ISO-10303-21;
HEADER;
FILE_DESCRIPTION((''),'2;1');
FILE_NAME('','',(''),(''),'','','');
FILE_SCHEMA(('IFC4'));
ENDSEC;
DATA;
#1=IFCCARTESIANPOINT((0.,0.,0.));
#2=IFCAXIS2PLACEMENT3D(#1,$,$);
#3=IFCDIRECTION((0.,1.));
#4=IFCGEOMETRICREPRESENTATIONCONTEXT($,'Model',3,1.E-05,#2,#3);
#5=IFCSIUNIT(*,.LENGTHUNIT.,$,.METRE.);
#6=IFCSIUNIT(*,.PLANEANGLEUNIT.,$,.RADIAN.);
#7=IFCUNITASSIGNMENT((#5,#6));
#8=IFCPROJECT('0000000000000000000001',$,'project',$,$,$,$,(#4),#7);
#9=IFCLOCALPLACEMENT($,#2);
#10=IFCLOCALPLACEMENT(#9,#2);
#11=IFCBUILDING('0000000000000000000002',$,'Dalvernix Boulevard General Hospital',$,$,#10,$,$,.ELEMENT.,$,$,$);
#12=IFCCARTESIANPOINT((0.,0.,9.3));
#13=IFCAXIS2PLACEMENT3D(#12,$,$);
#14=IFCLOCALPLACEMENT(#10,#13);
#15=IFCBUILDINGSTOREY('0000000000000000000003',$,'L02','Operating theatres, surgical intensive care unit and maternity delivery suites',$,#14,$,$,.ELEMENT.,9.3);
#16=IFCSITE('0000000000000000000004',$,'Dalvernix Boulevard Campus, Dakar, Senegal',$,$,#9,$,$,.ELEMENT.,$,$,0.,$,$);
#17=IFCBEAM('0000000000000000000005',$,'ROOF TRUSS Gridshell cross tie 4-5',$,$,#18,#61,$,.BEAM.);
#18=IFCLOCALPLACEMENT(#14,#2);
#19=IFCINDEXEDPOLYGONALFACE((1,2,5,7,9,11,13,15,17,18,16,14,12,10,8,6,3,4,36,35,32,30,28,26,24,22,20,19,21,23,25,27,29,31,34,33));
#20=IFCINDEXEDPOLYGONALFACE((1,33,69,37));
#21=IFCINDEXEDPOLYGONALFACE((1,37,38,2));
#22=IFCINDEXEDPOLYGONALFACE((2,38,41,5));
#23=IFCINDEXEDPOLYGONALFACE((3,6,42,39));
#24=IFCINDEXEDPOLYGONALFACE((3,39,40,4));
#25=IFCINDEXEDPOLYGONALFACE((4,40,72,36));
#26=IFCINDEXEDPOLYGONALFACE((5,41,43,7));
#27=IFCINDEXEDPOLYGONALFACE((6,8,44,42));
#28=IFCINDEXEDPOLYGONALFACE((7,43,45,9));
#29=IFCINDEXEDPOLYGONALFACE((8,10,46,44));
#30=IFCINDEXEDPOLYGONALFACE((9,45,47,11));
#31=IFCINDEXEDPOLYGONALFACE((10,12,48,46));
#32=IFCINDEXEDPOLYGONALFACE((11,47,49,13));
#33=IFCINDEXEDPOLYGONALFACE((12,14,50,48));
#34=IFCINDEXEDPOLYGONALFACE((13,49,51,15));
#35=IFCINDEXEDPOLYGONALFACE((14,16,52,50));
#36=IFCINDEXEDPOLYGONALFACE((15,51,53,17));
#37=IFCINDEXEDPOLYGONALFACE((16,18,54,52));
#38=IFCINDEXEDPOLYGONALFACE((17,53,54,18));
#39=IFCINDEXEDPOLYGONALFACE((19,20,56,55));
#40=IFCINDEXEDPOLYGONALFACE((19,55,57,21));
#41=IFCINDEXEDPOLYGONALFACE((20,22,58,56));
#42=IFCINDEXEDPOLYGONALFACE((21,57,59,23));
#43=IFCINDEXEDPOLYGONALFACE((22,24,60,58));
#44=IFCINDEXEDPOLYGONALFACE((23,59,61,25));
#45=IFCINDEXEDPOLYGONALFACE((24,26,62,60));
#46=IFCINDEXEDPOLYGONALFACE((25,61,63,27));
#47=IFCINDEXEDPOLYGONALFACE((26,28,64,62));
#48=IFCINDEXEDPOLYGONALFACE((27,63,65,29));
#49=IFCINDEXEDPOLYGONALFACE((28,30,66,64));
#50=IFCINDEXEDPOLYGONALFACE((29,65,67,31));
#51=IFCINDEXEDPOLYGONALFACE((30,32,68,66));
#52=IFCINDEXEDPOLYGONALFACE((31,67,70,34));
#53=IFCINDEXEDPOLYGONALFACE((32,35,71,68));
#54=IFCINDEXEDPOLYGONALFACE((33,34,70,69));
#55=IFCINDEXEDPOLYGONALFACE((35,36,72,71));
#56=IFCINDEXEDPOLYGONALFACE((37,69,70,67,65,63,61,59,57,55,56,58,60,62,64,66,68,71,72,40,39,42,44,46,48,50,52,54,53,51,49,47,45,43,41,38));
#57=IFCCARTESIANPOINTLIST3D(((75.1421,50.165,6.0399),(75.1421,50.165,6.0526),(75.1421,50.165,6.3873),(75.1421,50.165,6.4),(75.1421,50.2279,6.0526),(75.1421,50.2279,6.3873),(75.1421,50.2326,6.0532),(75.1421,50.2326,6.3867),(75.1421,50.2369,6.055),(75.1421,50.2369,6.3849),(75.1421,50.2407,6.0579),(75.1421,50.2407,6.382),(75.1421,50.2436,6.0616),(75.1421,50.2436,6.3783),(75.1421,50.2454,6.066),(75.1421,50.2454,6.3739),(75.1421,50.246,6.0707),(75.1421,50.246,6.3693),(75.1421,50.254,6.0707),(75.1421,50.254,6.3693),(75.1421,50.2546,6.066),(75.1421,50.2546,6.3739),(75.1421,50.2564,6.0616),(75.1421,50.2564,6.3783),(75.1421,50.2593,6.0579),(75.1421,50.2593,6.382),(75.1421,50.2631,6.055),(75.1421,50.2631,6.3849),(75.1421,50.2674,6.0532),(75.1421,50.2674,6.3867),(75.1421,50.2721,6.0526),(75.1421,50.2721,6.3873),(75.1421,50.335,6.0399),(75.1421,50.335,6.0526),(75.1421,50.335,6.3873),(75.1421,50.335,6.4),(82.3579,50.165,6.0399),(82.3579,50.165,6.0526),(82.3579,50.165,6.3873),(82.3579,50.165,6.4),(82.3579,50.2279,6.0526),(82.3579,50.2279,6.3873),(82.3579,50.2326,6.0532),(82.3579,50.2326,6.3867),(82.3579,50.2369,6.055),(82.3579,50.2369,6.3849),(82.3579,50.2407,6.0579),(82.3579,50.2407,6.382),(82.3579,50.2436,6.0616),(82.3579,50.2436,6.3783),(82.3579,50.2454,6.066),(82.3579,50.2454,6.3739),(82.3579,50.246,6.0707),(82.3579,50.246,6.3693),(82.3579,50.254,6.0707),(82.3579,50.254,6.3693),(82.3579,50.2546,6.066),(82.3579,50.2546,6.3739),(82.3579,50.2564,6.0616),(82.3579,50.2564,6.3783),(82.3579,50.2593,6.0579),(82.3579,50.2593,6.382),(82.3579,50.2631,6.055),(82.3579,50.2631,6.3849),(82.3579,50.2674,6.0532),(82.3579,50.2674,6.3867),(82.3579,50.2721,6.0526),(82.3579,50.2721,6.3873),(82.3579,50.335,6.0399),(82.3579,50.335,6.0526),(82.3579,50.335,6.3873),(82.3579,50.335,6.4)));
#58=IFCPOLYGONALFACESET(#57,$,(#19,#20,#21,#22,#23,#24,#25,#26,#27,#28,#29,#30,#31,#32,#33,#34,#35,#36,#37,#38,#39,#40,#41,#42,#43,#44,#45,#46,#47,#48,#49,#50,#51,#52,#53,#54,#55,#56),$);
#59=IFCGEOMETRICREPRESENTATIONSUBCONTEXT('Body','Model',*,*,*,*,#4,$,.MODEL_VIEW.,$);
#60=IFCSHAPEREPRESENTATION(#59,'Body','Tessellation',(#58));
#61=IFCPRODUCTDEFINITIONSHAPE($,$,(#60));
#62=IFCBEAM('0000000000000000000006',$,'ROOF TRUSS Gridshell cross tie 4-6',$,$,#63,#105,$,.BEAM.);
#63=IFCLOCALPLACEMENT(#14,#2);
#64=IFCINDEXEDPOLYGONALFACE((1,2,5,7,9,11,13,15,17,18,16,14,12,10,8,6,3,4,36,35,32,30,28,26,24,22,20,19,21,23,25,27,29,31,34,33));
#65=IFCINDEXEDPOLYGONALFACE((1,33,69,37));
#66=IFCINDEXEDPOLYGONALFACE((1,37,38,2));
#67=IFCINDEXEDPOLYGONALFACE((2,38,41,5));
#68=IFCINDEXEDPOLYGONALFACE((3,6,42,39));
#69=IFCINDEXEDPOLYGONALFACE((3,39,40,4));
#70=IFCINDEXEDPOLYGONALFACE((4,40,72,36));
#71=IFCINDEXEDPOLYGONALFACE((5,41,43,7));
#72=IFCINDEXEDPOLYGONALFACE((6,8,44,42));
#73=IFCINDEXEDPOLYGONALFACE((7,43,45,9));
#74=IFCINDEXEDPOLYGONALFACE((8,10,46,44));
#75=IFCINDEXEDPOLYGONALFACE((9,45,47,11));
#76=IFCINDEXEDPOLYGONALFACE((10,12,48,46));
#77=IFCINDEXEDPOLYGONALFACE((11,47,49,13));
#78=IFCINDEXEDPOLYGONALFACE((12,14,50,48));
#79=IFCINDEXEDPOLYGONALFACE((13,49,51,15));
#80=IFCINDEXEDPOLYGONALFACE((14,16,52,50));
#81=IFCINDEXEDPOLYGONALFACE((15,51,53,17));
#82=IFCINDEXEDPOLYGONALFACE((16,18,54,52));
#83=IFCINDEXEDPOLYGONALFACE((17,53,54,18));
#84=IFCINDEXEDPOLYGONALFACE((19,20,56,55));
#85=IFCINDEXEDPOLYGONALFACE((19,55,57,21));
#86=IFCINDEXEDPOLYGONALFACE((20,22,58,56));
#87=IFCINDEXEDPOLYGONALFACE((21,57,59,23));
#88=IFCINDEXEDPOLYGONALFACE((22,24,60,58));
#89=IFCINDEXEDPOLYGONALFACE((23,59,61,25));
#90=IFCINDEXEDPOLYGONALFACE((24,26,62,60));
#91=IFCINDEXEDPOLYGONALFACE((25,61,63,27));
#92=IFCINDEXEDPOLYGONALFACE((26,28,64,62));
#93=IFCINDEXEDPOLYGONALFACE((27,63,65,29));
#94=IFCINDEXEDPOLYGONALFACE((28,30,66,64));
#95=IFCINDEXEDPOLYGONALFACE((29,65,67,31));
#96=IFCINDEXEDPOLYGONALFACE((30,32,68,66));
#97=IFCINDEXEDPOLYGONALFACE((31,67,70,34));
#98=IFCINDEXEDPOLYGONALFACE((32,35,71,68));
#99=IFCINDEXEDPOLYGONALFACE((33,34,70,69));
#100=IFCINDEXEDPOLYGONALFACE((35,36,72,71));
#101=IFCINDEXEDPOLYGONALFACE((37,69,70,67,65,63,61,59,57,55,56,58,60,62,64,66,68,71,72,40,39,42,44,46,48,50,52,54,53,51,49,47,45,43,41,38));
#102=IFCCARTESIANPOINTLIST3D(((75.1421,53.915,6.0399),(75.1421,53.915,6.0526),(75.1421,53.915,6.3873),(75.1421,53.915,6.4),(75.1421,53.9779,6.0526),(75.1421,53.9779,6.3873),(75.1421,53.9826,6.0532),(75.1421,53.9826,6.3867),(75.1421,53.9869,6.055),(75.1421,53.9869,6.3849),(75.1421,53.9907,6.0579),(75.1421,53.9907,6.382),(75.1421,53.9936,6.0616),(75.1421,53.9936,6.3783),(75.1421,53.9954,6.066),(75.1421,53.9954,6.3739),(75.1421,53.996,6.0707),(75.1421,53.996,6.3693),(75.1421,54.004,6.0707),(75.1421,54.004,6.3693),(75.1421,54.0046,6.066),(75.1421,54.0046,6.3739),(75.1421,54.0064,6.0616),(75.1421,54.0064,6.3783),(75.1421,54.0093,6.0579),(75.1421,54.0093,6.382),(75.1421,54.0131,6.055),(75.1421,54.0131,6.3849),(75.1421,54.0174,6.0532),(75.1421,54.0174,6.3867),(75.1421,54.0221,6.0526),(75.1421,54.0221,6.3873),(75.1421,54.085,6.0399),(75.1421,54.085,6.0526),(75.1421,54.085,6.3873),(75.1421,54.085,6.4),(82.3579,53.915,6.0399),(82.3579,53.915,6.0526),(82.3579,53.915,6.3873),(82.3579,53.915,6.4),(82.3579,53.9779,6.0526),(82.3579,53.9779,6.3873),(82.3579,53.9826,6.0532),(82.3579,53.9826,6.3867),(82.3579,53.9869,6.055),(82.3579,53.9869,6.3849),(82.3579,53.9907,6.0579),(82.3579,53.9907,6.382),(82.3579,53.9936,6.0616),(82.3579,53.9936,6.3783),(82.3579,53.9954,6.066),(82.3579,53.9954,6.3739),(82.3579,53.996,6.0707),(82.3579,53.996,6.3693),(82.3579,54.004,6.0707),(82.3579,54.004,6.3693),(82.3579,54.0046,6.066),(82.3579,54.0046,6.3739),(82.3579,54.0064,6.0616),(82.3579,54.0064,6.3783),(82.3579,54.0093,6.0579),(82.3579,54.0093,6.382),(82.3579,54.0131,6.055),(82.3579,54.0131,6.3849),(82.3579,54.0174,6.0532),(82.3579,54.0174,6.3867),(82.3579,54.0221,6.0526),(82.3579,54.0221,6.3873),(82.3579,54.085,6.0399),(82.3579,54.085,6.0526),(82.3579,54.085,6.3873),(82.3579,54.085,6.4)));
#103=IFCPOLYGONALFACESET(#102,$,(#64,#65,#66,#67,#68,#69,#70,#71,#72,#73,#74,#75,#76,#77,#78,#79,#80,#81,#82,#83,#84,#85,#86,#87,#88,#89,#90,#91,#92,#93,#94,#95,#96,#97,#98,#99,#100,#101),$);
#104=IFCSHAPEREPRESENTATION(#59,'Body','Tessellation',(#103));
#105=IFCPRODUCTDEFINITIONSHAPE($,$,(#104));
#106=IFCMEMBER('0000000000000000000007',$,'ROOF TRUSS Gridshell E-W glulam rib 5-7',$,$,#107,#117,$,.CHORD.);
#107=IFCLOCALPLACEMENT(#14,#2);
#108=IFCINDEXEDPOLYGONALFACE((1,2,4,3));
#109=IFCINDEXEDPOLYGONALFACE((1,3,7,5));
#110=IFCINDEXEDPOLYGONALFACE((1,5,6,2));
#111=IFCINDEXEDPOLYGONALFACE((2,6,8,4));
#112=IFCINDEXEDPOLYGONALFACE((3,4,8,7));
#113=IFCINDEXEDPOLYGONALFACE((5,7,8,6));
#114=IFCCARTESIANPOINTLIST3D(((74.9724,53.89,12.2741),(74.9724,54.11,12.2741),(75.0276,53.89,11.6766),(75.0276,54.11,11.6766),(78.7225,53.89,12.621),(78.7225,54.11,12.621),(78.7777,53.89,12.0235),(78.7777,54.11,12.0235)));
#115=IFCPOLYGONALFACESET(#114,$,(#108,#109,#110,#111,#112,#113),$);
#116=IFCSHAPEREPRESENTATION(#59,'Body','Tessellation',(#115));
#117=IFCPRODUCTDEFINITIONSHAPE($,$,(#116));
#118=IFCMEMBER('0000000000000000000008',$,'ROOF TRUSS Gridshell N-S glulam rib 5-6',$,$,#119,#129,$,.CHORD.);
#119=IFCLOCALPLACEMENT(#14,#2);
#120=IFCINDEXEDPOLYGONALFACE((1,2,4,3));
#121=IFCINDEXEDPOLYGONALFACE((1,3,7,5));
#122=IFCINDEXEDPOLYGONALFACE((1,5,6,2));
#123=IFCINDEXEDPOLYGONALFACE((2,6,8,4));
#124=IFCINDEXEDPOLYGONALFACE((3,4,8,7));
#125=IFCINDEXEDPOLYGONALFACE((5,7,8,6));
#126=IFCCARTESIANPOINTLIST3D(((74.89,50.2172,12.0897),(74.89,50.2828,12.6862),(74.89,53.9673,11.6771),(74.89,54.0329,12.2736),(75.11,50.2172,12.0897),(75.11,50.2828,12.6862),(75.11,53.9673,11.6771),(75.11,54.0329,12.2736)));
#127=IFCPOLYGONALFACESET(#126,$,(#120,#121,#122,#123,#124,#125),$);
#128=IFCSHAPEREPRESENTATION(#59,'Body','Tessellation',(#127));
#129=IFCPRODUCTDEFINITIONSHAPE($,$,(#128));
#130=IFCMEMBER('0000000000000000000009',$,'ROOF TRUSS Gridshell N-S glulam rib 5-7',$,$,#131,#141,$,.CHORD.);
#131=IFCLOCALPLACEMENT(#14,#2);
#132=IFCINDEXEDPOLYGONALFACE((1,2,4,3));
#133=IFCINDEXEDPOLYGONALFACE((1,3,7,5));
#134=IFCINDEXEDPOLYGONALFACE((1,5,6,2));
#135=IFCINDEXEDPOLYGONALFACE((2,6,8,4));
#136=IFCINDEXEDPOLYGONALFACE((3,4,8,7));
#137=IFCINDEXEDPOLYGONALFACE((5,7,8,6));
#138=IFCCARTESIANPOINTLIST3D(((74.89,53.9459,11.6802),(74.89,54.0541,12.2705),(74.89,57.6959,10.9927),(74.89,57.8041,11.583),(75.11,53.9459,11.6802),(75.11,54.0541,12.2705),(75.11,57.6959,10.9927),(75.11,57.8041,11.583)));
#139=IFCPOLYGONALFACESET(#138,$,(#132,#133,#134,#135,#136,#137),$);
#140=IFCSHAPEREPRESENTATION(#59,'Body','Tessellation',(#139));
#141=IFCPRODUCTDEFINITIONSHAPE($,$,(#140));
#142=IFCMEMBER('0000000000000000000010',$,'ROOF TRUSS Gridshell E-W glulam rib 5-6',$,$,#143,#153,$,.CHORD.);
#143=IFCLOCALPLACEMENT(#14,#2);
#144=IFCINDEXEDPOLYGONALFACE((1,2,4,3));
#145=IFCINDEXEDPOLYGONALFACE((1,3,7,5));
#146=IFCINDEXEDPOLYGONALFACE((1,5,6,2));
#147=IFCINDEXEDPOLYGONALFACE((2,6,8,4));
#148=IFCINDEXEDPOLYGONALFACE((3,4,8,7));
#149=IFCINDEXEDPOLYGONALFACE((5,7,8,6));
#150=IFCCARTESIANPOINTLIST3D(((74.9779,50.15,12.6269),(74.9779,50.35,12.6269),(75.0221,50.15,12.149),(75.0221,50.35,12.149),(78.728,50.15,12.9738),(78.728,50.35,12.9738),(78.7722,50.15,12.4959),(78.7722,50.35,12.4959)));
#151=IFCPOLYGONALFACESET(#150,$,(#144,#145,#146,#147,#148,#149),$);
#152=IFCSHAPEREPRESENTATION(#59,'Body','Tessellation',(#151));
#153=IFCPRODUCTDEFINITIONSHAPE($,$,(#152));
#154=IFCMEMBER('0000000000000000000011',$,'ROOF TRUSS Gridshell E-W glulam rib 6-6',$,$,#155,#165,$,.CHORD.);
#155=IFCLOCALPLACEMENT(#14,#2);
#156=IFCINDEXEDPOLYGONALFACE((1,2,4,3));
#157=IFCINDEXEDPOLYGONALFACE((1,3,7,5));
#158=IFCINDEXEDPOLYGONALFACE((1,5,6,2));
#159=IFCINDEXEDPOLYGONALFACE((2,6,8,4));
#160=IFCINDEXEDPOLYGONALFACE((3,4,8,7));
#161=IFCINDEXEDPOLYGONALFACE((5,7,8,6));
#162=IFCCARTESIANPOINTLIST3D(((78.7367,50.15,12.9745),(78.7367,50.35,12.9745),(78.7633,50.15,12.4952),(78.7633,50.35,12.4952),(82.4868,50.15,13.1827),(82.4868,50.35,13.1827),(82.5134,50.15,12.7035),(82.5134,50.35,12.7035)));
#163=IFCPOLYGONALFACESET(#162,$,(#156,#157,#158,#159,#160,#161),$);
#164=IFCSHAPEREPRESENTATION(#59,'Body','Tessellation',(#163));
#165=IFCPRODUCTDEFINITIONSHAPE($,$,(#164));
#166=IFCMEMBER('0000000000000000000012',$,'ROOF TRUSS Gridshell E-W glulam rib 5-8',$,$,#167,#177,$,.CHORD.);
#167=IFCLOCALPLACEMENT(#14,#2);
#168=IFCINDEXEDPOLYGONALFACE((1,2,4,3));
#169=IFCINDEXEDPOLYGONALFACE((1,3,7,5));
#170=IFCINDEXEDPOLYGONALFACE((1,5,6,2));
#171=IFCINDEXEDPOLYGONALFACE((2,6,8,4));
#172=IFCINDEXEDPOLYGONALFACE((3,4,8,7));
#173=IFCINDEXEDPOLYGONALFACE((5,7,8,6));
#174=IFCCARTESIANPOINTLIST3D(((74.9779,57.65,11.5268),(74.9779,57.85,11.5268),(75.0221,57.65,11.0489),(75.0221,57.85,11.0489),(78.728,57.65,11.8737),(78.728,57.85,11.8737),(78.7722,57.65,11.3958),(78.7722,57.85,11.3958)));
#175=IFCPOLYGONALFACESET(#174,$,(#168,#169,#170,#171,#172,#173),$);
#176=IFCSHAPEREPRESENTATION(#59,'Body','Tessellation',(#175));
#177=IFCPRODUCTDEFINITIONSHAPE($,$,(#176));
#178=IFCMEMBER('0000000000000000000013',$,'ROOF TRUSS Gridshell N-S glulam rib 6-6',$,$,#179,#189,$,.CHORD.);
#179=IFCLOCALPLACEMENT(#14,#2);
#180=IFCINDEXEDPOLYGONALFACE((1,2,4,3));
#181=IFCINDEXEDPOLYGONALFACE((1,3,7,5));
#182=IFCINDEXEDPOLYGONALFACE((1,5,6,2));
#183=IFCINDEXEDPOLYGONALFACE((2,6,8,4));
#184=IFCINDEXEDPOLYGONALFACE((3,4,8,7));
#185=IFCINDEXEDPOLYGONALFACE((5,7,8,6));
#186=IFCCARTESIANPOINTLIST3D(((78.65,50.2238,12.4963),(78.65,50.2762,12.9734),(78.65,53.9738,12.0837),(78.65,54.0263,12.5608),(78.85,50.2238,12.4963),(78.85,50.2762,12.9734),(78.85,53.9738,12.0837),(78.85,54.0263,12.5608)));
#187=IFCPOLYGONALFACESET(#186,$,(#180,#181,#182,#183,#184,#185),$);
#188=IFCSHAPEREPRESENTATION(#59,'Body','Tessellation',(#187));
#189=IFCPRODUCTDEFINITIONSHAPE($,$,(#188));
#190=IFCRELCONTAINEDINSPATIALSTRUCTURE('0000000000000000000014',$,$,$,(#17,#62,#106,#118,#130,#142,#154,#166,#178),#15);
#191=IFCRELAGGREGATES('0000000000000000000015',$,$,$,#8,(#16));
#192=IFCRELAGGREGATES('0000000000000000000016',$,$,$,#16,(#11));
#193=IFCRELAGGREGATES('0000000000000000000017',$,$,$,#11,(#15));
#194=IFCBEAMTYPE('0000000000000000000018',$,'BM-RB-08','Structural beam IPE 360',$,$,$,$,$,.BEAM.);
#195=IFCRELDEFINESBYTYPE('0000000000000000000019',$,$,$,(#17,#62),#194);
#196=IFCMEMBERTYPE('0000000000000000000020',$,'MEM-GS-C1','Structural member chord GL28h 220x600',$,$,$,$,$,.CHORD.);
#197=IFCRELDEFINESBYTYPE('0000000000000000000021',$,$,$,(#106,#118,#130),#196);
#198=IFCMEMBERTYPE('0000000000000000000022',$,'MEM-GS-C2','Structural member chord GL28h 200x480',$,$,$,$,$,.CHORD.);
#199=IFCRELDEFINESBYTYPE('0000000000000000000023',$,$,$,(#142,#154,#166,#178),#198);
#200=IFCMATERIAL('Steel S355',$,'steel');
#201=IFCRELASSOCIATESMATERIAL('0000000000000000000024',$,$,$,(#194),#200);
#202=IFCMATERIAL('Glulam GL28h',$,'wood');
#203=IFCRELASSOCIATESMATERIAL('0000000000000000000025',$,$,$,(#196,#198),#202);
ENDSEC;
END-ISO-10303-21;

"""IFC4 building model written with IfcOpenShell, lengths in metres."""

from ifc_helpers import new_model, si_unit, direction, frame, origin, origin_2d, place, context, subcontext, project, spatial, rectangle, i_section, extrude, material, material_profile, profile_set, type_object, element, save


model = new_model("IFC4")

# Units and contexts
model_context = context("Model", 3, precision=1e-05, world=origin(), true_north=direction((0.0, 1.0)))
body_context = subcontext(model_context, "Body", "Model", "MODEL_VIEW")
ifc_project = project(units=[si_unit("LENGTHUNIT", "METRE"), si_unit("PLANEANGLEUNIT", "RADIAN")], contexts=[model_context])

# Site, building, storey
site_placement = place(None, origin())
site = spatial("IfcSite", under=ifc_project, at=site_placement, Name="Dalvernix Boulevard Campus, Dakar, Senegal", CompositionType="ELEMENT", RefElevation=0.0)
building_placement = place(site_placement, origin())
building = spatial("IfcBuilding", under=site, at=building_placement, Name="Dalvernix Boulevard General Hospital", CompositionType="ELEMENT")
storey_placement = place(building_placement, frame((0.0, 0.0, 9.3)))
storey = spatial("IfcBuildingStorey", under=building, at=storey_placement, Name="L02", Description="Operating theatres, surgical intensive care unit and maternity delivery suites", CompositionType="ELEMENT", Elevation=9.3)

# Beams
ifc_material_1 = material(Name="Steel S355", Category="steel")
ifc_material_profile_1 = material_profile(ifc_material_1, i_section(OverallWidth=0.1699, OverallDepth=0.3601, WebThickness=0.0081, FlangeThickness=0.0127, FilletRadius=0.0181, at=origin_2d()), Name="IPE 360")
ifc_profile_set_1 = profile_set([ifc_material_profile_1], Name="Steel S355")
beam_type = type_object("IfcBeamType", Name="BM-RB-08", Description="Structural beam IPE 360", PredefinedType="BEAM", material=ifc_profile_set_1)
for number, where, z_axis, x_axis, name in (
    (1, (75.1421, 50.25, 6.22), (1.0, 0.0, 0.0), (0.0, 1.0, 0.0), "ROOF TRUSS Gridshell cross tie 4-5"),
    (2, (75.1421, 54.0, 6.22), (1.0, 0.0, 0.0), (0.0, 1.0, 0.0), "ROOF TRUSS Gridshell cross tie 4-6"),
):
    element("IfcBeam", number, at=place(storey_placement, frame(where, z_axis=z_axis, x_axis=x_axis)), inside=storey, type_object=beam_type, Name=name, PredefinedType="BEAM", context=body_context, shape_type="SweptSolid", body=[
        extrude(i_section(OverallWidth=0.1699, OverallDepth=0.3601, WebThickness=0.0081, FlangeThickness=0.0127, FilletRadius=0.0181, at=origin_2d()), origin(), (0.0, 0.0, 1.0), 7.2158),
    ])

# Members
ifc_material_2 = material(Name="Glulam GL28h", Category="wood")
ifc_material_profile_2 = material_profile(ifc_material_2, rectangle(XDim=0.22, YDim=0.6001, at=origin_2d()), Name="GL28h 220x600")
ifc_profile_set_2 = profile_set([ifc_material_profile_2], Name="Glulam GL28h")
member_type_1 = type_object("IfcMemberType", Name="MEM-GS-C1", Description="Structural member chord GL28h 220x600", PredefinedType="CHORD", material=ifc_profile_set_2)
member_1_placement = place(storey_placement, frame((75.0, 54.0, 11.9753), z_axis=(0.995748, 0.0, 0.09212), x_axis=(0.0, 1.0, 0.0)))
element("IfcMember", 3, at=member_1_placement, inside=storey, type_object=member_type_1, Name="ROOF TRUSS Gridshell E-W glulam rib 5-7", PredefinedType="CHORD", context=body_context, shape_type="SweptSolid", body=[
    extrude(rectangle(XDim=0.22, YDim=0.6001, at=origin_2d()), origin(), (0.0, 0.0, 1.0), 3.7661),
])
member_2_placement = place(storey_placement, frame((75.0, 50.25, 12.3879), z_axis=(0.0, 0.994002, -0.109366), x_axis=(-1.0, 0.0, 0.0)))
element("IfcMember", 4, at=member_2_placement, inside=storey, type_object=member_type_1, Name="ROOF TRUSS Gridshell N-S glulam rib 5-6", PredefinedType="CHORD", context=body_context, shape_type="SweptSolid", body=[
    extrude(rectangle(XDim=0.22, YDim=0.6001, at=origin_2d()), origin(), (0.0, 0.0, 1.0), 3.7727),
])
member_3_placement = place(storey_placement, frame((75.0, 54.0, 11.9753), z_axis=(0.0, 0.983607, -0.180328), x_axis=(-1.0, 0.0, 0.0)))
element("IfcMember", 5, at=member_3_placement, inside=storey, type_object=member_type_1, Name="ROOF TRUSS Gridshell N-S glulam rib 5-7", PredefinedType="CHORD", context=body_context, shape_type="SweptSolid", body=[
    extrude(rectangle(XDim=0.22, YDim=0.6001, at=origin_2d()), origin(), (0.0, 0.0, 1.0), 3.8125),
])
ifc_material_profile_3 = material_profile(ifc_material_2, rectangle(XDim=0.2, YDim=0.48, at=origin_2d()), Name="GL28h 200x480")
ifc_profile_set_3 = profile_set([ifc_material_profile_3], Name="Glulam GL28h")
member_type_2 = type_object("IfcMemberType", Name="MEM-GS-C2", Description="Structural member chord GL28h 200x480", PredefinedType="CHORD", material=ifc_profile_set_3)
member_4_placement = place(storey_placement, frame((75.0, 50.25, 12.3879), z_axis=(0.995748, 0.0, 0.09212), x_axis=(0.0, 1.0, 0.0)))
element("IfcMember", 6, at=member_4_placement, inside=storey, type_object=member_type_2, Name="ROOF TRUSS Gridshell E-W glulam rib 5-6", PredefinedType="CHORD", context=body_context, shape_type="SweptSolid", body=[
    extrude(rectangle(XDim=0.2, YDim=0.48, at=origin_2d()), origin(), (0.0, 0.0, 1.0), 3.7661),
])
member_5_placement = place(storey_placement, frame((78.75, 50.25, 12.7349), z_axis=(0.998462, 0.0, 0.055448), x_axis=(0.0, 1.0, 0.0)))
element("IfcMember", 7, at=member_5_placement, inside=storey, type_object=member_type_2, Name="ROOF TRUSS Gridshell E-W glulam rib 6-6", PredefinedType="CHORD", context=body_context, shape_type="SweptSolid", body=[
    extrude(rectangle(XDim=0.2, YDim=0.48, at=origin_2d()), origin(), (0.0, 0.0, 1.0), 3.7559),
])
member_6_placement = place(storey_placement, frame((75.0, 57.75, 11.2878), z_axis=(0.995748, 0.0, 0.09212), x_axis=(0.0, 1.0, 0.0)))
element("IfcMember", 8, at=member_6_placement, inside=storey, type_object=member_type_2, Name="ROOF TRUSS Gridshell E-W glulam rib 5-8", PredefinedType="CHORD", context=body_context, shape_type="SweptSolid", body=[
    extrude(rectangle(XDim=0.2, YDim=0.48, at=origin_2d()), origin(), (0.0, 0.0, 1.0), 3.7661),
])
member_7_placement = place(storey_placement, frame((78.75, 50.25, 12.7349), z_axis=(0.0, 0.994002, -0.109366), x_axis=(-1.0, 0.0, 0.0)))
element("IfcMember", 9, at=member_7_placement, inside=storey, type_object=member_type_2, Name="ROOF TRUSS Gridshell N-S glulam rib 6-6", PredefinedType="CHORD", context=body_context, shape_type="SweptSolid", body=[
    extrude(rectangle(XDim=0.2, YDim=0.48, at=origin_2d()), origin(), (0.0, 0.0, 1.0), 3.7727),
])

save(model, "model.ifc")
